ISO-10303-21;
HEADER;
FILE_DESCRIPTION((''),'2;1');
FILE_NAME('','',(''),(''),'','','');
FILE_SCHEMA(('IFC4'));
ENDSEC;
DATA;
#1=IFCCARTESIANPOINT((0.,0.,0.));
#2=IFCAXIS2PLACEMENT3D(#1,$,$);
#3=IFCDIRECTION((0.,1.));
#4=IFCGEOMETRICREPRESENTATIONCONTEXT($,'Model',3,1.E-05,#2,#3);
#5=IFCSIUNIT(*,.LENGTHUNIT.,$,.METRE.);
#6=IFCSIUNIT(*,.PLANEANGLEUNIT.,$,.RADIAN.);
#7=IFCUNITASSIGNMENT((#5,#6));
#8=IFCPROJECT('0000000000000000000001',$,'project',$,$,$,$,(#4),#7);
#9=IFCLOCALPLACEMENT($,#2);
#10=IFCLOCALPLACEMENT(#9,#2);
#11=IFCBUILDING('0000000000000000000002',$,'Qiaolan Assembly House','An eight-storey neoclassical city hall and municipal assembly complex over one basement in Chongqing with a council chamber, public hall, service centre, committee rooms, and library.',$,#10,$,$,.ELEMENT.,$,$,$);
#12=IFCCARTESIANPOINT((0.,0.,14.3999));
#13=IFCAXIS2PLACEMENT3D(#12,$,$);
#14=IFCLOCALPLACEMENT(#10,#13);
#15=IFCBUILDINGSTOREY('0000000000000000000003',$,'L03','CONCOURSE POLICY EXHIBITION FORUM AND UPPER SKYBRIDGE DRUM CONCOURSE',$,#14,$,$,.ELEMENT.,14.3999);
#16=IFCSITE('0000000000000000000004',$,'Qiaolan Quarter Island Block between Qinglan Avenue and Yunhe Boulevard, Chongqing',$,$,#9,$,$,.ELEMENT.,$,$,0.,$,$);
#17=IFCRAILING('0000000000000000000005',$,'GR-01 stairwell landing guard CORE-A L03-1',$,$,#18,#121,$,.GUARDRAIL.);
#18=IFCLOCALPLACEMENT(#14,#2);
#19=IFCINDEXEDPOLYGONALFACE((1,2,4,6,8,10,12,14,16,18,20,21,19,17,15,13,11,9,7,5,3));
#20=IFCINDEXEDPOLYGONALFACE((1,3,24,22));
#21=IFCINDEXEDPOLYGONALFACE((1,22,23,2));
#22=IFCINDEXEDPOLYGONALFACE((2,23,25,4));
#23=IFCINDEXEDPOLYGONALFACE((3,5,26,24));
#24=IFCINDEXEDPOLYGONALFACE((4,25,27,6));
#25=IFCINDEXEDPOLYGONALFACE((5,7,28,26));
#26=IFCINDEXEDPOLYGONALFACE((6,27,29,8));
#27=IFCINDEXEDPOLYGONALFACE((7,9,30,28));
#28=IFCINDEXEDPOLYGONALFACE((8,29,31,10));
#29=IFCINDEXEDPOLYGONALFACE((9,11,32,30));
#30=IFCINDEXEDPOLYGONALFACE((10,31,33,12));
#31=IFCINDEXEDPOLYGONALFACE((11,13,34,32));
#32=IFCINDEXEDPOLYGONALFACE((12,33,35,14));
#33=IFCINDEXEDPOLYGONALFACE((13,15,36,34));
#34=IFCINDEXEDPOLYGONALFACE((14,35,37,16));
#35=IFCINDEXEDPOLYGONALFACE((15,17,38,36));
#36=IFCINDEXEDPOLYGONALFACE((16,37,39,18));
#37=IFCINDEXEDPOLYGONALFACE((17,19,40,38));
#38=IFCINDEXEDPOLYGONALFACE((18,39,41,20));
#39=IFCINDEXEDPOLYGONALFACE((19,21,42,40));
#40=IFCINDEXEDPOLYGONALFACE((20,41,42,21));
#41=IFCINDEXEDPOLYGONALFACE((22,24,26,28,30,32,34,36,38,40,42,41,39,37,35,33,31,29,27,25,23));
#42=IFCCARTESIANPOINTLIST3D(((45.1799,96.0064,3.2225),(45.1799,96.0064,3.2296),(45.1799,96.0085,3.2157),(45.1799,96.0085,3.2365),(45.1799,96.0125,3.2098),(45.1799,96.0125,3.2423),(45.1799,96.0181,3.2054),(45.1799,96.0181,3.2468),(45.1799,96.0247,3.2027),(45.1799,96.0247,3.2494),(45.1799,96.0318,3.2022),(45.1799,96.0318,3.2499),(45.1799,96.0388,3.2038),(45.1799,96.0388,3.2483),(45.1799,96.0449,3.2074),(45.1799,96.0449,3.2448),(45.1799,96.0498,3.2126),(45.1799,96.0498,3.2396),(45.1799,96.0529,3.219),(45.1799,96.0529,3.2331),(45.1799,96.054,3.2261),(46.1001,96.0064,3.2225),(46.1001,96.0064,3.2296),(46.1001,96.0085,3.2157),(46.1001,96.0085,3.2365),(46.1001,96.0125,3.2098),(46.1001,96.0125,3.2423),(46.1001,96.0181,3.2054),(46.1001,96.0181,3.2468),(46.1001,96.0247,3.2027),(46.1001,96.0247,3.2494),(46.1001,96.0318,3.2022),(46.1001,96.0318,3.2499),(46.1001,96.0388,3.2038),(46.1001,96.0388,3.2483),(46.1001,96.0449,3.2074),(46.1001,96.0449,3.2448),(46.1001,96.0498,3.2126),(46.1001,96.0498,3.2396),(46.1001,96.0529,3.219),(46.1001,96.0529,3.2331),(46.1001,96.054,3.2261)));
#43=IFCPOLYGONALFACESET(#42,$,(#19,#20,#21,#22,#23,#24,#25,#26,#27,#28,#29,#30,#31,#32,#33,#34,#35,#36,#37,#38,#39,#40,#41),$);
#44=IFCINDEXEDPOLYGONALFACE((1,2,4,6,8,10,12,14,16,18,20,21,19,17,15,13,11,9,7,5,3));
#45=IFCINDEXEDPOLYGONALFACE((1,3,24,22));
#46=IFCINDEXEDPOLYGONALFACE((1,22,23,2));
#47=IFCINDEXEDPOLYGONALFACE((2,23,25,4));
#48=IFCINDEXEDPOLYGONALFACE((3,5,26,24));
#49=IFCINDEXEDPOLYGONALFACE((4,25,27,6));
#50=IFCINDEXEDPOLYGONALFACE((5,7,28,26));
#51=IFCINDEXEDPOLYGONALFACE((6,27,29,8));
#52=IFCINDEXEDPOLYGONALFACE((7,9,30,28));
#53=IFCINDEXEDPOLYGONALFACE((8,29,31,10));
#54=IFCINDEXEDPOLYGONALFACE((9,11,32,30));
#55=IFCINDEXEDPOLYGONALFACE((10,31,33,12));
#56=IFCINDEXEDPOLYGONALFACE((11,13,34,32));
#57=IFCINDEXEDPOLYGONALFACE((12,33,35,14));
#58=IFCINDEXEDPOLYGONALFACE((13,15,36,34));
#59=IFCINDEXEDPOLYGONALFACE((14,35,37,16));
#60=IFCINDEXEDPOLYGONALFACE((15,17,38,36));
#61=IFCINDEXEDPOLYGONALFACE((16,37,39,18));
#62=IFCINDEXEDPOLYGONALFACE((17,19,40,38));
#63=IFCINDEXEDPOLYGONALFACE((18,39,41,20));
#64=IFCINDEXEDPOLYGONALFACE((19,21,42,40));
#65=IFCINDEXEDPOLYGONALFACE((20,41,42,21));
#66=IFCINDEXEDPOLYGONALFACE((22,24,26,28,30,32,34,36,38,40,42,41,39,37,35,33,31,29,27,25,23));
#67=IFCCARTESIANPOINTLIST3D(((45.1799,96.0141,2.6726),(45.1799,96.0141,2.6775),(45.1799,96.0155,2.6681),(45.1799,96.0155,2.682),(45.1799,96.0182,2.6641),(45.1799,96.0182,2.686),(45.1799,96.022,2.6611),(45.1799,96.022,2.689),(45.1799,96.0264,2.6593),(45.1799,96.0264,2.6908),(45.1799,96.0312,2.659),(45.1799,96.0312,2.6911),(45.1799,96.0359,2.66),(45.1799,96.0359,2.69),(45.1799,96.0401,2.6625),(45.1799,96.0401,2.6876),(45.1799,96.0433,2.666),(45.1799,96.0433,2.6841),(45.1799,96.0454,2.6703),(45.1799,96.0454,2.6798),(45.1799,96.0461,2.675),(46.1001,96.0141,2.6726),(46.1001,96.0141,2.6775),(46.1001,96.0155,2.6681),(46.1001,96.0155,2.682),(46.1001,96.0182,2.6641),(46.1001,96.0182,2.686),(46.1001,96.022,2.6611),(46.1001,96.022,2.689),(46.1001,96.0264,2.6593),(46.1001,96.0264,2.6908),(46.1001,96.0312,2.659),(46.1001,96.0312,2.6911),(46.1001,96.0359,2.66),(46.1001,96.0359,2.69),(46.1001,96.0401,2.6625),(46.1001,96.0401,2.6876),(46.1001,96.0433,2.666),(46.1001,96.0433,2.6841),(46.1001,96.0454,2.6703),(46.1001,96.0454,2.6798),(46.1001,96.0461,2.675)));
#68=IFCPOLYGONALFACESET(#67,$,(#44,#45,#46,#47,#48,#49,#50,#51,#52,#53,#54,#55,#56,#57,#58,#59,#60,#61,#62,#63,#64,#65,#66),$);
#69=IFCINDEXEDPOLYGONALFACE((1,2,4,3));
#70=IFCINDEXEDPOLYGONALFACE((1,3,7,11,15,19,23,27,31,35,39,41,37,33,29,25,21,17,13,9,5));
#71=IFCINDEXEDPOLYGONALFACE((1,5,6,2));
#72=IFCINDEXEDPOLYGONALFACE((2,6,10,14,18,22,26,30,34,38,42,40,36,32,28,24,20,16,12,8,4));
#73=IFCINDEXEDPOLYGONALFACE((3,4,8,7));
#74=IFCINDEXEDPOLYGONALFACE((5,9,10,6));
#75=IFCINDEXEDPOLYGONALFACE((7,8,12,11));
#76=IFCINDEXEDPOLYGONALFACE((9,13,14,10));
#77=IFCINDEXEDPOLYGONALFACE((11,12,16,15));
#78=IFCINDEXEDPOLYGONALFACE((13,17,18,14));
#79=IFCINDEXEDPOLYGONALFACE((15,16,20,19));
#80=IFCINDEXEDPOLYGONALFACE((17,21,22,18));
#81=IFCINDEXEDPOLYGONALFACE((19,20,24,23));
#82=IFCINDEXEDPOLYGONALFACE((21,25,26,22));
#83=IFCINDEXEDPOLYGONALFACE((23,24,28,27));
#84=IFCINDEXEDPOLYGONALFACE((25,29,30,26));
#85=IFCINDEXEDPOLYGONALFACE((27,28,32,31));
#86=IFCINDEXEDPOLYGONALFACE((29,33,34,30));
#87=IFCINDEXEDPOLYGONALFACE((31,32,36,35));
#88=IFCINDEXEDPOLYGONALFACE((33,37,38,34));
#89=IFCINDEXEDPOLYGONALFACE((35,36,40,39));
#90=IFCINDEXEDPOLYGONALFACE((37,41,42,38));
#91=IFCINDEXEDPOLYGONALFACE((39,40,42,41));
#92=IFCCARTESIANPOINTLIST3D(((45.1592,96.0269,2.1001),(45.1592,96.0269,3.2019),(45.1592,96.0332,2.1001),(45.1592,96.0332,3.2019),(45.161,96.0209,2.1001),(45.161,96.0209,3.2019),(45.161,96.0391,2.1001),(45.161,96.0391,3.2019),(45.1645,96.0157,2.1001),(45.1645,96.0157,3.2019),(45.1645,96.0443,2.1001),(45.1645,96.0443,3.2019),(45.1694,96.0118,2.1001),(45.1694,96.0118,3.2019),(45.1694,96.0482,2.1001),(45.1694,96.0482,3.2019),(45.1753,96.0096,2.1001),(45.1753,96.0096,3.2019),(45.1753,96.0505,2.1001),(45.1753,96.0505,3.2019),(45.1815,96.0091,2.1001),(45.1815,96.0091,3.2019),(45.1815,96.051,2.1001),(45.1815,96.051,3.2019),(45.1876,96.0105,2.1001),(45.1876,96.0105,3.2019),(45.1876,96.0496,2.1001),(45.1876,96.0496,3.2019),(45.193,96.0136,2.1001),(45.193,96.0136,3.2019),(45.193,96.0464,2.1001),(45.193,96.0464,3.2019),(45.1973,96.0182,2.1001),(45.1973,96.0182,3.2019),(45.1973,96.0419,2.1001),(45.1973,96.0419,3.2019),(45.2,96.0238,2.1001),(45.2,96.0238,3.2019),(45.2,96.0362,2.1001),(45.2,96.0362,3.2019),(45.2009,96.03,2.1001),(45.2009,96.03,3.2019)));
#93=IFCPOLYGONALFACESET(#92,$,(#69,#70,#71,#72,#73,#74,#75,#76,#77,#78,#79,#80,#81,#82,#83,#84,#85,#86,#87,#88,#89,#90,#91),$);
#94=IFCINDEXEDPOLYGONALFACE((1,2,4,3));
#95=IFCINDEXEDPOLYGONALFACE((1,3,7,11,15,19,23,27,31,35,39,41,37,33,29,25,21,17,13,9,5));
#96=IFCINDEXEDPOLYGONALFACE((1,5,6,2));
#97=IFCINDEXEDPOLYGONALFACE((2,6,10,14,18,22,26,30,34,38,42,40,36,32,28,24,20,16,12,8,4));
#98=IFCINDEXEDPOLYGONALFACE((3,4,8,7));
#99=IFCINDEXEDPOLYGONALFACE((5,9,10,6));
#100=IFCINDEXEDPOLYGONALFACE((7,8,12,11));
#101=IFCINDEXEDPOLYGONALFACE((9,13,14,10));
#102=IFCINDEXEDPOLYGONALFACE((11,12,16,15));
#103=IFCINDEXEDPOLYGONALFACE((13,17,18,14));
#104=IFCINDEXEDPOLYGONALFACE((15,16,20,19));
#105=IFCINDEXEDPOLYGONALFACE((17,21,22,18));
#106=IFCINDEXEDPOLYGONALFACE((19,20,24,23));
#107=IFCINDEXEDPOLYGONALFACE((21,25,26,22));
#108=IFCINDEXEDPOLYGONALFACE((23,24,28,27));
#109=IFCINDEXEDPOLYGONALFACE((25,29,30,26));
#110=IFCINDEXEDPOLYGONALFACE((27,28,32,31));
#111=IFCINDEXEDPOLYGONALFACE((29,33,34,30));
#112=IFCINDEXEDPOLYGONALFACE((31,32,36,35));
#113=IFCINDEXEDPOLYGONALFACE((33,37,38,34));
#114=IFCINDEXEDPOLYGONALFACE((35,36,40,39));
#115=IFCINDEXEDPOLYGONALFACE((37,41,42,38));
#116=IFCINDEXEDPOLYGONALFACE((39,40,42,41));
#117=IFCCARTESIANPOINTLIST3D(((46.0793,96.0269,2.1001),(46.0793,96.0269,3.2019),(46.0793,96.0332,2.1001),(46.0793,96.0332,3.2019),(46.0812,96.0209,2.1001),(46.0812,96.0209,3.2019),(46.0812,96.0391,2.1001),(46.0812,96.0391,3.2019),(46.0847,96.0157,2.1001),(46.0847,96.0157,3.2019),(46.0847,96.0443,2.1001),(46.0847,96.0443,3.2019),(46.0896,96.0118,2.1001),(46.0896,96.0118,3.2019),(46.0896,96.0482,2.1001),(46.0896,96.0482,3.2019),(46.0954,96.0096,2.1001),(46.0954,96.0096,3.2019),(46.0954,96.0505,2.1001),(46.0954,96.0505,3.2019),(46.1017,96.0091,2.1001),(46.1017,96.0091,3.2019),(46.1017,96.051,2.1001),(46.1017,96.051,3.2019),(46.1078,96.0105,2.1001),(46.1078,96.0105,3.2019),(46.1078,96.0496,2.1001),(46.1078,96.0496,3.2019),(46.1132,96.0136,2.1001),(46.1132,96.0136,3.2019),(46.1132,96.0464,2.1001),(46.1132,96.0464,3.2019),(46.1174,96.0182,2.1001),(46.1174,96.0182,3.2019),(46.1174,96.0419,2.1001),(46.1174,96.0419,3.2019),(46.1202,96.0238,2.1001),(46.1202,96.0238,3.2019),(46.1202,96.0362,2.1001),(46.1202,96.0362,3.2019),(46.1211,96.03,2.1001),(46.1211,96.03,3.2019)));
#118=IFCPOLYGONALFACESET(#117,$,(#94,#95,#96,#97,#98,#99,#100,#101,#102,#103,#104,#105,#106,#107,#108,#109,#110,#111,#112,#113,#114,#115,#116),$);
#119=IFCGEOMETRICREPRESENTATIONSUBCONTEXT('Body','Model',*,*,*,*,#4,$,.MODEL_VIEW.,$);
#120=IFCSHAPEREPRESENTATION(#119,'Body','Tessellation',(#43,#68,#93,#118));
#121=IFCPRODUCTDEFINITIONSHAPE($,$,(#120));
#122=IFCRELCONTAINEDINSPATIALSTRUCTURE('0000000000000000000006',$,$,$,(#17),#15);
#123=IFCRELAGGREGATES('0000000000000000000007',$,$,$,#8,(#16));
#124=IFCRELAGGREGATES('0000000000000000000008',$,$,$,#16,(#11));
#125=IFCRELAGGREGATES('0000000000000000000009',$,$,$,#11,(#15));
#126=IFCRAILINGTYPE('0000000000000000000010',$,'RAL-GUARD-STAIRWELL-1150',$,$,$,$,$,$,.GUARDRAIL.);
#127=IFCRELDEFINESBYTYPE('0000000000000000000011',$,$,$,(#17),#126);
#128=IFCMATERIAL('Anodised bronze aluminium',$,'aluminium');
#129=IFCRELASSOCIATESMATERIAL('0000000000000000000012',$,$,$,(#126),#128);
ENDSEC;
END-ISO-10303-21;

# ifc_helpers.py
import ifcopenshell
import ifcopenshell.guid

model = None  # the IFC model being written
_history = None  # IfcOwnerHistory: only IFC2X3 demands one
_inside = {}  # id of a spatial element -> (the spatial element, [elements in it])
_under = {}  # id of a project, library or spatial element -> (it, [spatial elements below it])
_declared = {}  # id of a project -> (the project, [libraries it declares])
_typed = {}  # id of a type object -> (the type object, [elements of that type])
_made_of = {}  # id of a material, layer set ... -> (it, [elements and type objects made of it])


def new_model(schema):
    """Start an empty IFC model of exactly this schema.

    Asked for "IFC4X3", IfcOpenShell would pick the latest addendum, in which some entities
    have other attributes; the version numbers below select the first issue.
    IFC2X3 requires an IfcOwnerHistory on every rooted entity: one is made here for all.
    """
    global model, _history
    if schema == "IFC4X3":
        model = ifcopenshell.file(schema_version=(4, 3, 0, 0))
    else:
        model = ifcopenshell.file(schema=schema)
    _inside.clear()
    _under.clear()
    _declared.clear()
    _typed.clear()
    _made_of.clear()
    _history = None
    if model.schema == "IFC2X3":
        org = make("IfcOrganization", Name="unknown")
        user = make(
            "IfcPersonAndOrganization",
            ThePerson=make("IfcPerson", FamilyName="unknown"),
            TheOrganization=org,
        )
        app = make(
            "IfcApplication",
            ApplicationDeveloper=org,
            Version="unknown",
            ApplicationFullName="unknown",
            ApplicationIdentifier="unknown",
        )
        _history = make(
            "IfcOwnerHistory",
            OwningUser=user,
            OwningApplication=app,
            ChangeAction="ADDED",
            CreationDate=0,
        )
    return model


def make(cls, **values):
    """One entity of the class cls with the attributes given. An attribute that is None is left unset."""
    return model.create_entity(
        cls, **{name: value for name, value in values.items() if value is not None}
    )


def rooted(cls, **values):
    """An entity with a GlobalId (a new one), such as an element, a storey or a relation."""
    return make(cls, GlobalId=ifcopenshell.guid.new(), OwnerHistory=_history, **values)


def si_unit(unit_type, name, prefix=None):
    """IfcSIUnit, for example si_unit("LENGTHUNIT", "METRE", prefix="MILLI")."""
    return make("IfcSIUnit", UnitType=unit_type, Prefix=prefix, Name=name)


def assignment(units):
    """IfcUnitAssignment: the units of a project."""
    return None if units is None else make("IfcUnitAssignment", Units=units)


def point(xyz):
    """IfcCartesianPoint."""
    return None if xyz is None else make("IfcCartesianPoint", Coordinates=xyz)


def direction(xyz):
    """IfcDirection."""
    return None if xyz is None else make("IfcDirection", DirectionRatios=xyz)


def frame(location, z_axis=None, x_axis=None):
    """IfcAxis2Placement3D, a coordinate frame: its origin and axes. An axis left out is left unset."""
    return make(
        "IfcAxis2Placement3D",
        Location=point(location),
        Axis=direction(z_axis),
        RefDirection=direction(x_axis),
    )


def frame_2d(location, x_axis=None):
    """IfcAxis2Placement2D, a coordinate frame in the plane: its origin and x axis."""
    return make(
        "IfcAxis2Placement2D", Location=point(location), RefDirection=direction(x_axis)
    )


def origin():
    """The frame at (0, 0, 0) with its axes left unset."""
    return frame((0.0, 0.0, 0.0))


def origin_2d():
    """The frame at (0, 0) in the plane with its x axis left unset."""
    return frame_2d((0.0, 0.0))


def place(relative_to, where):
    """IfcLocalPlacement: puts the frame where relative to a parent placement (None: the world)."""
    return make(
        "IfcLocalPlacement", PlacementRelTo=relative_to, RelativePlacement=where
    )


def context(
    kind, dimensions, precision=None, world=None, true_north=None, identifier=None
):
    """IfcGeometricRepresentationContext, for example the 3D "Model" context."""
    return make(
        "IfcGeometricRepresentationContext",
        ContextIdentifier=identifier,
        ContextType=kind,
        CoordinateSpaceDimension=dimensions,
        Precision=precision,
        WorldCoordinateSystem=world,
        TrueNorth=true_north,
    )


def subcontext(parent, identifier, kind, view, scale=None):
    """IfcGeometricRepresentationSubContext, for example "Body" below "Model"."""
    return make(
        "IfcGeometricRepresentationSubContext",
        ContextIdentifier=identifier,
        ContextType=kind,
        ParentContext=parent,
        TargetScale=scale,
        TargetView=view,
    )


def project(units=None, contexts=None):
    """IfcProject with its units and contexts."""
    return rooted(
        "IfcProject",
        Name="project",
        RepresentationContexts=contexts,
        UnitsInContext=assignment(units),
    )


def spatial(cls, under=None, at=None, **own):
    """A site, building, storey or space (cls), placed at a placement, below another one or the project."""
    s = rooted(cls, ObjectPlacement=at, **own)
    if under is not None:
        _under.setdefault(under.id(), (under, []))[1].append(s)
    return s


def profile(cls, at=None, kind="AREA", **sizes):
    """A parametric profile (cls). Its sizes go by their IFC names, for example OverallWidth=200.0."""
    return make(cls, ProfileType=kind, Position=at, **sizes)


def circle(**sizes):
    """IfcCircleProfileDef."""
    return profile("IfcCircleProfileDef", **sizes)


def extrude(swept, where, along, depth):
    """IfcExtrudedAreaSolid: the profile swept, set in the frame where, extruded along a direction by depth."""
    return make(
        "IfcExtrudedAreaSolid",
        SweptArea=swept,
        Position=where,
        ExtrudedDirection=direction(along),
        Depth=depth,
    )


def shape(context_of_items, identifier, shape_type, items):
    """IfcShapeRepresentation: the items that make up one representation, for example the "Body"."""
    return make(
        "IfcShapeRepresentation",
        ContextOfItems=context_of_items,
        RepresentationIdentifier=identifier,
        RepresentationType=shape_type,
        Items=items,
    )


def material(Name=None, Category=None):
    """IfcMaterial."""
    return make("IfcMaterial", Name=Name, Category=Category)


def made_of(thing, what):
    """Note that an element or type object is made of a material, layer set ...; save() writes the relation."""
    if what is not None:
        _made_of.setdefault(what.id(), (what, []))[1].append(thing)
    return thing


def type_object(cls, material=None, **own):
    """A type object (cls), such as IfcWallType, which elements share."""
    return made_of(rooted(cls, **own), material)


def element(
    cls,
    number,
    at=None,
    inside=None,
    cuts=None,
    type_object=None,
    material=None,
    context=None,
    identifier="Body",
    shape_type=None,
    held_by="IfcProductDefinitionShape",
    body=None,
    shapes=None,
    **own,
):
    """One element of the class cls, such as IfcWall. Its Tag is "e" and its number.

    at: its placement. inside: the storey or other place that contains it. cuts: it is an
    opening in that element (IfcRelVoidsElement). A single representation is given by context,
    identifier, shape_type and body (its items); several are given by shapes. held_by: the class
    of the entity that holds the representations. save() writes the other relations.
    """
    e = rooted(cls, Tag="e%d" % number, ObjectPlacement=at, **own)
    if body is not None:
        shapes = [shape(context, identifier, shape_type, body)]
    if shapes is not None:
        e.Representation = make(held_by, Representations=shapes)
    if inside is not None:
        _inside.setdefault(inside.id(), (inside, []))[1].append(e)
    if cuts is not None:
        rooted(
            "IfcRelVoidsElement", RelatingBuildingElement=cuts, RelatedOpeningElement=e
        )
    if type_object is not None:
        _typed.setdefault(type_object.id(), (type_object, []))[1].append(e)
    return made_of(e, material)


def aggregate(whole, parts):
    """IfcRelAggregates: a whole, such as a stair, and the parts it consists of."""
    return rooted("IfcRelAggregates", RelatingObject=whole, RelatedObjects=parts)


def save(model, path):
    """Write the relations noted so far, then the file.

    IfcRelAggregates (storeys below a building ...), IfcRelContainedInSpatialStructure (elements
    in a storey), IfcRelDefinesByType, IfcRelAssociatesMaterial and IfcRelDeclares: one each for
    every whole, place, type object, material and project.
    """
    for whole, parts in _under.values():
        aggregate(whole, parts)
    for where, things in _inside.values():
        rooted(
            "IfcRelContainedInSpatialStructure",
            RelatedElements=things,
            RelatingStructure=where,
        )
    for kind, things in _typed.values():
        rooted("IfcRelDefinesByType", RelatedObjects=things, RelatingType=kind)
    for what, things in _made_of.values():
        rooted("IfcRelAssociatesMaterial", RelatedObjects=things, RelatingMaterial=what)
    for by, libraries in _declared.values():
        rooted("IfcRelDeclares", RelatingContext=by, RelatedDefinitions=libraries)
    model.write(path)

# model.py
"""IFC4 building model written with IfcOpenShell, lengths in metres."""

from ifc_helpers import new_model, si_unit, direction, frame, origin, origin_2d, place, context, subcontext, project, spatial, circle, extrude, material, type_object, element, save


model = new_model("IFC4")

# Units and contexts
model_context = context("Model", 3, precision=1e-05, world=origin(), true_north=direction((0.0, 1.0)))
body_context = subcontext(model_context, "Body", "Model", "MODEL_VIEW")
ifc_project = project(units=[si_unit("LENGTHUNIT", "METRE"), si_unit("PLANEANGLEUNIT", "RADIAN")], contexts=[model_context])

# Site, building, storey
site_placement = place(None, origin())
site = spatial("IfcSite", under=ifc_project, at=site_placement, Name="Qiaolan Quarter Island Block between Qinglan Avenue and Yunhe Boulevard, Chongqing", CompositionType="ELEMENT", RefElevation=0.0)
building_placement = place(site_placement, origin())
building = spatial("IfcBuilding", under=site, at=building_placement, Name="Qiaolan Assembly House", Description="An eight-storey neoclassical city hall and municipal assembly complex over one basement in Chongqing with a council chamber, public hall, service centre, committee rooms, and library.", CompositionType="ELEMENT")
storey_placement = place(building_placement, frame((0.0, 0.0, 14.3999)))
storey = spatial("IfcBuildingStorey", under=building, at=storey_placement, Name="L03", Description="CONCOURSE POLICY EXHIBITION FORUM AND UPPER SKYBRIDGE DRUM CONCOURSE", CompositionType="ELEMENT", Elevation=14.3999)

# Railing
ifc_material_1 = material(Name="Anodised bronze aluminium", Category="aluminium")
railing_type_1 = type_object("IfcRailingType", Name="RAL-GUARD-STAIRWELL-1150", PredefinedType="GUARDRAIL", material=ifc_material_1)
for number, where, name in (
    (1, (45.1799, 96.03, 2.1001), "GR-01 stairwell landing guard CORE-A L03-1"),
):
    element("IfcRailing", number, at=place(storey_placement, frame(where)), inside=storey, type_object=railing_type_1, Name=name, PredefinedType="GUARDRAIL", context=body_context, shape_type="SweptSolid", body=[
        extrude(circle(Radius=0.0239, at=origin_2d()), frame((0.0, 0.0, 1.126), z_axis=(1.0, 0.0, 0.0), x_axis=(0.0, 1.0, 0.0)), (0.0, 0.0, 1.0), 0.9202),
        extrude(circle(Radius=0.0161, at=origin_2d()), frame((0.0, 0.0, 0.575), z_axis=(1.0, 0.0, 0.0), x_axis=(0.0, 1.0, 0.0)), (0.0, 0.0, 1.0), 0.9202),
        extrude(circle(Radius=0.021, at=origin_2d()), origin(), (0.0, 0.0, 1.0), 1.1018),
        extrude(circle(Radius=0.021, at=origin_2d()), frame((0.9202, 0.0, 0.0)), (0.0, 0.0, 1.0), 1.1018),
    ])

save(model, "model.ifc")
